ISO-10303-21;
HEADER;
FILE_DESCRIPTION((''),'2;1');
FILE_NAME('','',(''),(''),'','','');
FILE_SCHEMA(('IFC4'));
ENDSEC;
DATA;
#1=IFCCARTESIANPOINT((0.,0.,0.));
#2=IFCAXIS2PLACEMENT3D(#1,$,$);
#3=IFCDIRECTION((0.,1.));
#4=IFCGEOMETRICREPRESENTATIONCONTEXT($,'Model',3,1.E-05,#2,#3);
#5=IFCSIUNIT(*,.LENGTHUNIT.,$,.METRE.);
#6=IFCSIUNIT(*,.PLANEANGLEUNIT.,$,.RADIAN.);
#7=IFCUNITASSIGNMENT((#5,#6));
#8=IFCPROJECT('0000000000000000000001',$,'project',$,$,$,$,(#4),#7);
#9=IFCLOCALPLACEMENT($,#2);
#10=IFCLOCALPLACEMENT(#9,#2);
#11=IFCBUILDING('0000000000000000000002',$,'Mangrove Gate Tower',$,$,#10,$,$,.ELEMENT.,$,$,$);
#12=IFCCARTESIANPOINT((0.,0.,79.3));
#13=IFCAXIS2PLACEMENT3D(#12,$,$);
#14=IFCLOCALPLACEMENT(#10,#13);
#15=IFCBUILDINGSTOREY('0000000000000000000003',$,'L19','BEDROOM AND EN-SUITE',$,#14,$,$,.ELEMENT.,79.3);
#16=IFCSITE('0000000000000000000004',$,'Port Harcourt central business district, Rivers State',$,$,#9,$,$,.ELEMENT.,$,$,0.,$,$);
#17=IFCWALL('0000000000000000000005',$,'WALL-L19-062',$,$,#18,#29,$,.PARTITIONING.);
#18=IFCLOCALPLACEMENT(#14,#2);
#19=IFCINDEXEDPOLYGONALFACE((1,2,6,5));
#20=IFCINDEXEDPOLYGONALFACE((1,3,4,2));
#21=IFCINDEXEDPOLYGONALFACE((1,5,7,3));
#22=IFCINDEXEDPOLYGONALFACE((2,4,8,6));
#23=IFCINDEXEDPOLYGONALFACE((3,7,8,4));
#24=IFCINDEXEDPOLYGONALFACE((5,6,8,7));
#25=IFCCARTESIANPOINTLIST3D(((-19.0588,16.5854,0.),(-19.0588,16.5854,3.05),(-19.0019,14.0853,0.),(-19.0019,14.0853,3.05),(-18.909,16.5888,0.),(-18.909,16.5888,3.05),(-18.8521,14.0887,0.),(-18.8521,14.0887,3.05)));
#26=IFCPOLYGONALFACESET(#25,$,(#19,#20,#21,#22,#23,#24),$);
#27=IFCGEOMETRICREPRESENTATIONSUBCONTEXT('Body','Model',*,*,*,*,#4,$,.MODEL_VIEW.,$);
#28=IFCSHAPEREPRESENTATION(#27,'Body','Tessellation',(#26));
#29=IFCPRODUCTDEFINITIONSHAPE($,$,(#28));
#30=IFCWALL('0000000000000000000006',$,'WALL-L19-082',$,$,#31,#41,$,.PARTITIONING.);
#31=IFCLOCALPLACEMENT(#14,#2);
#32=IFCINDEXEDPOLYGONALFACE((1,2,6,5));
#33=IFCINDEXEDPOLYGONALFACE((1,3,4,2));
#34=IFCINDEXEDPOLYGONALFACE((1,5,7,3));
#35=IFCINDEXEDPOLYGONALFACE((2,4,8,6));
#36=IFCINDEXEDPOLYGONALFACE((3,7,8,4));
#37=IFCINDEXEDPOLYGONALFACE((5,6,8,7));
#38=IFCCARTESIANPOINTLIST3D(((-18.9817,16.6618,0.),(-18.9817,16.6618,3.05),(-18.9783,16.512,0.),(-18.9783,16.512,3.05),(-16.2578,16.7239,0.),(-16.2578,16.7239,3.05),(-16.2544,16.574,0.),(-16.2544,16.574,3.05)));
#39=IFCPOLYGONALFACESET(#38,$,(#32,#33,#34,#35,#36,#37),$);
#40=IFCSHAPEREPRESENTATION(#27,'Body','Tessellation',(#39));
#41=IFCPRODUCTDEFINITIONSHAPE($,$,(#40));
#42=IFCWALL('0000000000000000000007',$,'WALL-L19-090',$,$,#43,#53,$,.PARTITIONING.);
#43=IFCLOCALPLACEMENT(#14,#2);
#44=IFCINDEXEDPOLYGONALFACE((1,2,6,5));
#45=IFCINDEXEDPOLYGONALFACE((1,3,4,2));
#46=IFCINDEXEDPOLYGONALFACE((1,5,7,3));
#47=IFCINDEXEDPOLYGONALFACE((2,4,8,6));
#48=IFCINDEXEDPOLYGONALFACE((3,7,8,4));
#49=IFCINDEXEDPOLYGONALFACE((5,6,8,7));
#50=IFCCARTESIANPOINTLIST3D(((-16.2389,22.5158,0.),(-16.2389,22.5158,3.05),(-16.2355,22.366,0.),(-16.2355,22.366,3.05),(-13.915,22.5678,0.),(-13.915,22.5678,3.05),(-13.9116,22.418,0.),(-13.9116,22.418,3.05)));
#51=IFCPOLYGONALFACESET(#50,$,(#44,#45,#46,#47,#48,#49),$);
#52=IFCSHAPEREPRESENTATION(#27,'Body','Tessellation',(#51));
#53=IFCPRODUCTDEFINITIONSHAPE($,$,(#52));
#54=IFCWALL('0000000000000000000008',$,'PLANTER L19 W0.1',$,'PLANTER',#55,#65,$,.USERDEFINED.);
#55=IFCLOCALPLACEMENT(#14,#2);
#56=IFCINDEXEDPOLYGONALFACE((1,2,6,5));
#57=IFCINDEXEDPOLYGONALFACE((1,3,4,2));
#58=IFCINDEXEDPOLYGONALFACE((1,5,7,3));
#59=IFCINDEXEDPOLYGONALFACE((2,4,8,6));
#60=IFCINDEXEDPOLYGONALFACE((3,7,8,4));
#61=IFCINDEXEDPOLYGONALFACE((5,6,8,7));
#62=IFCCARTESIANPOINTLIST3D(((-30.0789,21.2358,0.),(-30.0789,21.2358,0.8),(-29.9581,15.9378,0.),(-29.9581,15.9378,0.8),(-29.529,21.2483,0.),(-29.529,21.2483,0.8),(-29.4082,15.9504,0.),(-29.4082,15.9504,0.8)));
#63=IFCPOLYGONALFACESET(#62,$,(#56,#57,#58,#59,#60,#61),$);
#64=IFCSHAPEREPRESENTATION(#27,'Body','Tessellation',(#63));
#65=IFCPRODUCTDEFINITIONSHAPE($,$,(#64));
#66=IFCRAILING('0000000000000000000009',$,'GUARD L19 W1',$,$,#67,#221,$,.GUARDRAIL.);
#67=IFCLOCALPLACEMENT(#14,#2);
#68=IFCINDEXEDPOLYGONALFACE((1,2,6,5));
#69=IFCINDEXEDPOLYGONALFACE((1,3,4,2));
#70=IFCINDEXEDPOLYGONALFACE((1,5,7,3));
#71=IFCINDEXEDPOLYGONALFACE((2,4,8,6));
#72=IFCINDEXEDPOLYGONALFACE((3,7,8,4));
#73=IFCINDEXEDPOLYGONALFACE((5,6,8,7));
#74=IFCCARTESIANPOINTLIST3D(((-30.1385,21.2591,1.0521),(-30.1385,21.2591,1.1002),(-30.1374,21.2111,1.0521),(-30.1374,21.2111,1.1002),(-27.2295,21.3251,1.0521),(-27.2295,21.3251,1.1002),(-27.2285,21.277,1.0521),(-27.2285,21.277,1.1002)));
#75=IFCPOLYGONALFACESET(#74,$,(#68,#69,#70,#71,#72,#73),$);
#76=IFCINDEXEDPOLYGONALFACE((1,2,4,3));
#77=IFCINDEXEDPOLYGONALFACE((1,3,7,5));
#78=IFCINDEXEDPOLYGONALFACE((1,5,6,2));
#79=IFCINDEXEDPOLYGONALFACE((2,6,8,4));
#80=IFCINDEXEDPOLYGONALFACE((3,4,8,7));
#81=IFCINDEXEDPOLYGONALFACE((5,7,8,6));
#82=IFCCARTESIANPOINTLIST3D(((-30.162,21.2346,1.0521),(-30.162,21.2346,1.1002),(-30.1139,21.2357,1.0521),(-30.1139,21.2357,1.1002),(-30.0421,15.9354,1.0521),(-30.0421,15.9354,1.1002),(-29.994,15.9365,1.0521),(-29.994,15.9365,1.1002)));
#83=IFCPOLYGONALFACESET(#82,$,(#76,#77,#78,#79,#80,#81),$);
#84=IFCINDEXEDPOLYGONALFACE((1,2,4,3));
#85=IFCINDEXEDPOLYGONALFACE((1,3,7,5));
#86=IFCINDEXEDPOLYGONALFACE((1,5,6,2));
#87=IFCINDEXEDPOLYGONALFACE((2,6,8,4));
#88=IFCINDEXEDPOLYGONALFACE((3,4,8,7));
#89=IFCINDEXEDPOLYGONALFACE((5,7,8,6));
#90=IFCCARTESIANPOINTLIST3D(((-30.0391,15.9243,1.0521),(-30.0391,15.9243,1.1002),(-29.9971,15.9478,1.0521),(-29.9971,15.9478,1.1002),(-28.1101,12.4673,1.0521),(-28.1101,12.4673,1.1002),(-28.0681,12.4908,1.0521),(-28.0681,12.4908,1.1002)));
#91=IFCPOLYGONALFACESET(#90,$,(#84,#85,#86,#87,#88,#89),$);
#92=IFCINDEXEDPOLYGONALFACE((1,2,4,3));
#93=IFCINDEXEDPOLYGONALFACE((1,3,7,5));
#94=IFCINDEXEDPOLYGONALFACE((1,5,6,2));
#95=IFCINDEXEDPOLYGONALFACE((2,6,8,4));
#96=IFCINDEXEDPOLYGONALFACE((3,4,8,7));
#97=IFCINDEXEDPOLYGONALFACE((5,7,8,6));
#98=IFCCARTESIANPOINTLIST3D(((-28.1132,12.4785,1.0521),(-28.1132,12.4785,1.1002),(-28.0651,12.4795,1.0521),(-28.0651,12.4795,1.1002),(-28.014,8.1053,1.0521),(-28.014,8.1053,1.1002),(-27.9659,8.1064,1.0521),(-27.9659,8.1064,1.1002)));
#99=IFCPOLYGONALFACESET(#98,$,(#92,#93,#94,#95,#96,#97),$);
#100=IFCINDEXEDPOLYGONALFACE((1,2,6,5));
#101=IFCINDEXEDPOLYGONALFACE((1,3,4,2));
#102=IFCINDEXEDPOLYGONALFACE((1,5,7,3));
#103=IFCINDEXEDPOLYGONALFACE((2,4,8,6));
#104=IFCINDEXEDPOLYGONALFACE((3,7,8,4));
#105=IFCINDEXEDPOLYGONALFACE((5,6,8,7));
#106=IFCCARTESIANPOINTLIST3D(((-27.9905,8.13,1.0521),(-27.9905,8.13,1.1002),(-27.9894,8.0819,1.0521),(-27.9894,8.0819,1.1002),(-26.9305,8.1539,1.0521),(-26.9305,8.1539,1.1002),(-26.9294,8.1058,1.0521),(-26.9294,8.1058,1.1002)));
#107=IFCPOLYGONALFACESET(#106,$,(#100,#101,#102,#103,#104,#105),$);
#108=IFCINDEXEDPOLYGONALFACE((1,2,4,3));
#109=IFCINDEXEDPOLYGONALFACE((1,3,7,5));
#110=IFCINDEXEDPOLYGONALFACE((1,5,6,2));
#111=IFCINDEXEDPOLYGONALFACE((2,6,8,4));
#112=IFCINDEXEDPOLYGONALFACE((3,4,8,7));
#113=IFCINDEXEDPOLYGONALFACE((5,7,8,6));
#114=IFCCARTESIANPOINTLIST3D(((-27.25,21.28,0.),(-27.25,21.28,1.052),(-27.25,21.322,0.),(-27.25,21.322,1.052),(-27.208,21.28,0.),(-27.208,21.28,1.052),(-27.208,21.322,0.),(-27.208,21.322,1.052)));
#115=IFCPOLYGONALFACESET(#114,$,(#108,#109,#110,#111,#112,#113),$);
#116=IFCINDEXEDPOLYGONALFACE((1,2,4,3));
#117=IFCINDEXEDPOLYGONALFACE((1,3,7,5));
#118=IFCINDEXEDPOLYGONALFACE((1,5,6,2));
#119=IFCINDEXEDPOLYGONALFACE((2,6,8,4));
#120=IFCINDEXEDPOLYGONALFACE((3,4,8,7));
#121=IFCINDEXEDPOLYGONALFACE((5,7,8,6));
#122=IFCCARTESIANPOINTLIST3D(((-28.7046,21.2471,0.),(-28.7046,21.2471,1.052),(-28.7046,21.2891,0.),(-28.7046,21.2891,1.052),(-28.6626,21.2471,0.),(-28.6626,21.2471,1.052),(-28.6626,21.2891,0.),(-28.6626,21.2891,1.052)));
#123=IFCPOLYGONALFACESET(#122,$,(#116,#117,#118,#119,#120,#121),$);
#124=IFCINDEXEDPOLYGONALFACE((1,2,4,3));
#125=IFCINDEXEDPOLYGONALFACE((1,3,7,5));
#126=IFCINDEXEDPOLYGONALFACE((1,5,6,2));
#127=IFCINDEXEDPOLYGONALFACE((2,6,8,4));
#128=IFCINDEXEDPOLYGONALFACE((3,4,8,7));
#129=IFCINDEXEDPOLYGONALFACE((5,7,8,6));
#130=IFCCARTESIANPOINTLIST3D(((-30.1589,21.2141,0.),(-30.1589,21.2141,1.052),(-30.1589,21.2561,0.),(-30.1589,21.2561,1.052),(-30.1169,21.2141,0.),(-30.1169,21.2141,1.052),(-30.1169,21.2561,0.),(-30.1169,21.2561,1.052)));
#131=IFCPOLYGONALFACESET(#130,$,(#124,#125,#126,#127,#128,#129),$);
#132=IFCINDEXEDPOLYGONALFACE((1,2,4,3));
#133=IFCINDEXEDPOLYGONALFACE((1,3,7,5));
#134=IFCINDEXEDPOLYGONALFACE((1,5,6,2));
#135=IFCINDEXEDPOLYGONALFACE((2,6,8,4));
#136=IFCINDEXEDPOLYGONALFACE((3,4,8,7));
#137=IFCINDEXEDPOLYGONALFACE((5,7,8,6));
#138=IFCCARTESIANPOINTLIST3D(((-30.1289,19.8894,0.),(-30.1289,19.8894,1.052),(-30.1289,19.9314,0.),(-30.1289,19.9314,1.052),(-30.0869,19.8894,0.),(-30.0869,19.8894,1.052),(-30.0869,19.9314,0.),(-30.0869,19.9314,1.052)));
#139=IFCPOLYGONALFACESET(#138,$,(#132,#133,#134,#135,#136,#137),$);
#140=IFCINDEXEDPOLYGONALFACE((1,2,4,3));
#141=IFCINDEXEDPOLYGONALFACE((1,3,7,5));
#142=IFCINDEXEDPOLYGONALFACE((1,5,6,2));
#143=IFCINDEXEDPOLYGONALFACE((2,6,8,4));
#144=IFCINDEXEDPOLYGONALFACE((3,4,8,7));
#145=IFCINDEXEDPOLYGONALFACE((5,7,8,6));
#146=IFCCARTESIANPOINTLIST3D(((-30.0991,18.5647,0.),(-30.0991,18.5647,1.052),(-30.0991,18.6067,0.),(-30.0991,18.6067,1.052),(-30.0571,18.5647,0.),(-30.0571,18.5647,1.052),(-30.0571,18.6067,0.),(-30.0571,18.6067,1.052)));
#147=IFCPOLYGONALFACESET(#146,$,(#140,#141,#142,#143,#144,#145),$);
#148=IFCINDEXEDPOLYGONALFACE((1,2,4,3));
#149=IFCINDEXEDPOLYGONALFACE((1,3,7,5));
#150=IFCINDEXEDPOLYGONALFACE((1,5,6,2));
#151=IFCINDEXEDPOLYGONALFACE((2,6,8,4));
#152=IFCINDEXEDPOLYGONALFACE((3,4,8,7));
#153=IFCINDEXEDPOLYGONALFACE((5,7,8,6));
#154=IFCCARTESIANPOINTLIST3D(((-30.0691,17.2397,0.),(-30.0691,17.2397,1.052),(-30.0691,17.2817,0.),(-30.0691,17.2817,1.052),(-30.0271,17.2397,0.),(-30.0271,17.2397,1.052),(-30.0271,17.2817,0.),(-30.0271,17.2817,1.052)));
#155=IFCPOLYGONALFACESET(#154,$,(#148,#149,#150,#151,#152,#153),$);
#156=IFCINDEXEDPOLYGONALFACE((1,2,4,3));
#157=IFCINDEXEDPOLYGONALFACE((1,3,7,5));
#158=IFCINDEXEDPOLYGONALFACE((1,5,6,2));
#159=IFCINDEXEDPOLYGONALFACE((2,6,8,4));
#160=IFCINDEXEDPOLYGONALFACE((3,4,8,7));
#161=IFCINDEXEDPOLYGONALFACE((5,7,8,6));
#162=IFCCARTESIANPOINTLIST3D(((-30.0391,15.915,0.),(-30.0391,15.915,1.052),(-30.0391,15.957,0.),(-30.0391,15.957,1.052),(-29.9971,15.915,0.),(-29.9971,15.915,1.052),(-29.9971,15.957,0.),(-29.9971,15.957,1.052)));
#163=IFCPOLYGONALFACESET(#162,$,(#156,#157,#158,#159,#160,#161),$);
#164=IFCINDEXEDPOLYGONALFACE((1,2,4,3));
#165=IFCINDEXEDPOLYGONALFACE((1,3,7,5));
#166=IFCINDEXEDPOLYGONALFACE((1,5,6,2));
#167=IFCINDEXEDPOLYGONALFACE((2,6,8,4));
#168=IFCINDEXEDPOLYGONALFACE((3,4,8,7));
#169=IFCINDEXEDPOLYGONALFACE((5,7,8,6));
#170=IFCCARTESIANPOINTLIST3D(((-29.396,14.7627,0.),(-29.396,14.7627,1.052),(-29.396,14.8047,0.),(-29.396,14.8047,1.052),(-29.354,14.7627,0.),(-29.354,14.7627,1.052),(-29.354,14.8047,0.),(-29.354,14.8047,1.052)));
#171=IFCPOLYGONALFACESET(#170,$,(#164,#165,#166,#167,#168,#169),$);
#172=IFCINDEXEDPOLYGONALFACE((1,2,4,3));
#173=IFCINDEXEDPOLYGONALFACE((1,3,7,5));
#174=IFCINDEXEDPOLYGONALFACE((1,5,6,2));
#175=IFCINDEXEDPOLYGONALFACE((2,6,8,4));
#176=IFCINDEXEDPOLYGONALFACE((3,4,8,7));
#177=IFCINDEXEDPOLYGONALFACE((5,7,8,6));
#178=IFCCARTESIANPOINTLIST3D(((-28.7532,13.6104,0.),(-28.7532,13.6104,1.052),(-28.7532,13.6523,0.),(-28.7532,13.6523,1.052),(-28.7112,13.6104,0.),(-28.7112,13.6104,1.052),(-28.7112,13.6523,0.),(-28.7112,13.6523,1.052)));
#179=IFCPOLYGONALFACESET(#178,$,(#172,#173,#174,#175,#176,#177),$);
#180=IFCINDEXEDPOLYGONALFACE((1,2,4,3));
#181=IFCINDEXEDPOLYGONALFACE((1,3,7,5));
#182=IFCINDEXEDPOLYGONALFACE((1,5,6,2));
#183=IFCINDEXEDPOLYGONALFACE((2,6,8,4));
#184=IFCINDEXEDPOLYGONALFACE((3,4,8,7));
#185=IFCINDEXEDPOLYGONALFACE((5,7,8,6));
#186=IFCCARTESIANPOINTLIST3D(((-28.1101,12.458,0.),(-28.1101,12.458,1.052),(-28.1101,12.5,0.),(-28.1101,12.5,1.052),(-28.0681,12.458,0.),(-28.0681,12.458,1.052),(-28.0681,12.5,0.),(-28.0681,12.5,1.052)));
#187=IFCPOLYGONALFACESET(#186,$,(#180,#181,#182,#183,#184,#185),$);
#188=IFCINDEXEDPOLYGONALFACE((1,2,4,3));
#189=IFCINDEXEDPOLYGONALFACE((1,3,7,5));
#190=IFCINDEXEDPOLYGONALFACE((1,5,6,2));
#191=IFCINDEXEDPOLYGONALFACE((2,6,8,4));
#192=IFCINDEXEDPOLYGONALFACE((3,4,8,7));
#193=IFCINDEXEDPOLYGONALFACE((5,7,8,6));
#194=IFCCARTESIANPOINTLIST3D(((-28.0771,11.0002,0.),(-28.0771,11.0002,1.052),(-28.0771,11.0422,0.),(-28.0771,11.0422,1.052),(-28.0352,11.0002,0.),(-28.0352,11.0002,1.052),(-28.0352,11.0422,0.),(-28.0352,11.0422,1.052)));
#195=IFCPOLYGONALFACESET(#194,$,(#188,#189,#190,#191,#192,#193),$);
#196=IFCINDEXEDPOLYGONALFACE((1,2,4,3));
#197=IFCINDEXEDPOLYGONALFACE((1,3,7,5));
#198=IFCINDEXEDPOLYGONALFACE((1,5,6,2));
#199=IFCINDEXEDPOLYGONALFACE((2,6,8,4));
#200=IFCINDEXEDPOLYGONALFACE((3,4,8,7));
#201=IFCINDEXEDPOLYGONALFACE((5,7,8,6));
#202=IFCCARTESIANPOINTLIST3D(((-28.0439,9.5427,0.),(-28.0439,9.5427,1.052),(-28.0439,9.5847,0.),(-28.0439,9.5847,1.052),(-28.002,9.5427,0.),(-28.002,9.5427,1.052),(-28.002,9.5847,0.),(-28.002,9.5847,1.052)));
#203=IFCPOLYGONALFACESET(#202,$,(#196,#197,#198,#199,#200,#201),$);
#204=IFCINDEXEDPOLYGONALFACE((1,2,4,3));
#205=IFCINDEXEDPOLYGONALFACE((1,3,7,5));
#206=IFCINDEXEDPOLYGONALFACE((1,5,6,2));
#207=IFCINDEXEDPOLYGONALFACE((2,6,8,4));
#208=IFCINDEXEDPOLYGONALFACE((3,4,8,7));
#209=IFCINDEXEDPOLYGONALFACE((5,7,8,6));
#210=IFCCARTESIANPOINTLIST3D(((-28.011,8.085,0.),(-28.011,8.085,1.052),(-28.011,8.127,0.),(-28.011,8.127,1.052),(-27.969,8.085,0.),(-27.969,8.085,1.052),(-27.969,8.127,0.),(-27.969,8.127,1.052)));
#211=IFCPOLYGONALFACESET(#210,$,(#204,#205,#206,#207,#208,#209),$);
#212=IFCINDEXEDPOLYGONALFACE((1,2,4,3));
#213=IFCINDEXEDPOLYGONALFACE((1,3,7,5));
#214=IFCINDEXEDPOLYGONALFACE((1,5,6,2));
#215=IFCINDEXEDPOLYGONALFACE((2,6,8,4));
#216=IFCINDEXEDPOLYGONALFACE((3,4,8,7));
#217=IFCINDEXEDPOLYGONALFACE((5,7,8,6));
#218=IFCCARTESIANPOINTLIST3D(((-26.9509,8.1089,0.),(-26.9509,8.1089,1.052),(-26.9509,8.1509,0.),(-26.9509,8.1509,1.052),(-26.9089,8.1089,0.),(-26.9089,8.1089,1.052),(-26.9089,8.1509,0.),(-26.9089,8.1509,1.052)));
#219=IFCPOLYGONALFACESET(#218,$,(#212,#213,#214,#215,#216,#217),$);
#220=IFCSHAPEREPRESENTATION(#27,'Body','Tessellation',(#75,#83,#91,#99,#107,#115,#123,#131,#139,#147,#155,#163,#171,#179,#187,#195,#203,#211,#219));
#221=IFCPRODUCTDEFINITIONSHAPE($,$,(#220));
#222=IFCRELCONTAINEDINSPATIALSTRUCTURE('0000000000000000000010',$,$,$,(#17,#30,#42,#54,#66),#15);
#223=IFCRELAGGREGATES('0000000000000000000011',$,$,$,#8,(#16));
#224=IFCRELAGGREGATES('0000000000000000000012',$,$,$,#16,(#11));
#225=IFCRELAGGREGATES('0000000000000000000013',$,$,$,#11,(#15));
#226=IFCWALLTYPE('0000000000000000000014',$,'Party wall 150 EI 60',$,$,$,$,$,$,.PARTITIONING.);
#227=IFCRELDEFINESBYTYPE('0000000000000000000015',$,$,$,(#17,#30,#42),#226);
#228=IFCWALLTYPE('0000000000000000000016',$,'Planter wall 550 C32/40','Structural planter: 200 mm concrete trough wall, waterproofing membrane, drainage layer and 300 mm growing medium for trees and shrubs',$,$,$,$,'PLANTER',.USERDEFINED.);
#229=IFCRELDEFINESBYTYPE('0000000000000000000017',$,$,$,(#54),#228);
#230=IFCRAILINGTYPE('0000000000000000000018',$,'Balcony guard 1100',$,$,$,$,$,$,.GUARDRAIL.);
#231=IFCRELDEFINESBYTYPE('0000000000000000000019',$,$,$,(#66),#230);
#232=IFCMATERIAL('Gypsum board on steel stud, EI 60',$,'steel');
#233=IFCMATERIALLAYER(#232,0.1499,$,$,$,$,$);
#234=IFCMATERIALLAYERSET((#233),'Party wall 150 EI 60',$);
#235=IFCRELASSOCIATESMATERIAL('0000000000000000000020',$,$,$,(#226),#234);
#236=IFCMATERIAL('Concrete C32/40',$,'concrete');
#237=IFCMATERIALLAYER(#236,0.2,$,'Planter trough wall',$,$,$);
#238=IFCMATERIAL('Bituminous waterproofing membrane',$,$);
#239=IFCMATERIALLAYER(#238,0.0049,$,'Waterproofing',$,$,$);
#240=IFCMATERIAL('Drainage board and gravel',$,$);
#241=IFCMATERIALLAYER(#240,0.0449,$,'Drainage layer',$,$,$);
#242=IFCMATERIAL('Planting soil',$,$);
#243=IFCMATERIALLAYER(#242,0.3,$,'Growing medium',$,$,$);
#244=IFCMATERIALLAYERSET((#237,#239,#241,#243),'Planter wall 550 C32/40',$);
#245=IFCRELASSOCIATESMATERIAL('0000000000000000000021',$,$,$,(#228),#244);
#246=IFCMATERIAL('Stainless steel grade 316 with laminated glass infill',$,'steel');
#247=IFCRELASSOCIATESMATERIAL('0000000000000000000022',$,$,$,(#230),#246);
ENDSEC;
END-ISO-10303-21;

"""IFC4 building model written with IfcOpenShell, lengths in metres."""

from ifc_helpers import new_model, si_unit, direction, frame, frame_2d, origin, origin_2d, place, context, subcontext, project, spatial, rectangle, extrude, material, layer, layer_set, type_object, element, save


model = new_model("IFC4")

# Units and contexts
model_context = context("Model", 3, precision=1e-05, world=origin(), true_north=direction((0.0, 1.0)))
body_context = subcontext(model_context, "Body", "Model", "MODEL_VIEW")
ifc_project = project(units=[si_unit("LENGTHUNIT", "METRE"), si_unit("PLANEANGLEUNIT", "RADIAN")], contexts=[model_context])

# Site, building, storey
site_placement = place(None, origin())
site = spatial("IfcSite", under=ifc_project, at=site_placement, Name="Port Harcourt central business district, Rivers State", CompositionType="ELEMENT", RefElevation=0.0)
building_placement = place(site_placement, origin())
building = spatial("IfcBuilding", under=site, at=building_placement, Name="Mangrove Gate Tower", CompositionType="ELEMENT")
storey_placement = place(building_placement, frame((0.0, 0.0, 79.3)))
storey = spatial("IfcBuildingStorey", under=building, at=storey_placement, Name="L19", Description="BEDROOM AND EN-SUITE", CompositionType="ELEMENT", Elevation=79.3)

# Walls
ifc_material_1 = material(Name="Gypsum board on steel stud, EI 60", Category="steel")
ifc_layer_1 = layer(ifc_material_1, 0.1499)
ifc_layer_set_1 = layer_set([ifc_layer_1], Name="Party wall 150 EI 60")
wall_type_1 = type_object("IfcWallType", Name="Party wall 150 EI 60", PredefinedType="PARTITIONING", material=ifc_layer_set_1)
wall_1_placement = place(storey_placement, frame((-18.927, 14.0869, 0.0), z_axis=(0.0, 0.0, 1.0), x_axis=(-0.022748, 0.999741, 0.0)))
element("IfcWall", 1, at=wall_1_placement, inside=storey, type_object=wall_type_1, Name="WALL-L19-062", PredefinedType="PARTITIONING", context=body_context, shape_type="SweptSolid", body=[
    extrude(rectangle(XDim=2.5007, YDim=0.1499, at=frame_2d((1.2505, 0.0))), origin(), (0.0, 0.0, 1.0), 3.05),
])
wall_2_placement = place(storey_placement, frame((-18.98, 16.5869, 0.0), z_axis=(0.0, 0.0, 1.0), x_axis=(0.999741, 0.02276, 0.0)))
element("IfcWall", 2, at=wall_2_placement, inside=storey, type_object=wall_type_1, Name="WALL-L19-082", PredefinedType="PARTITIONING", context=body_context, shape_type="SweptSolid", body=[
    extrude(rectangle(XDim=2.7246, YDim=0.1499, at=frame_2d((1.3623, 0.0))), origin(), (0.0, 0.0, 1.0), 3.05),
])
wall_3_placement = place(storey_placement, frame((-16.2371, 22.4409, 0.0), z_axis=(0.0, 0.0, 1.0), x_axis=(0.99975, 0.022371, 0.0)))
element("IfcWall", 3, at=wall_3_placement, inside=storey, type_object=wall_type_1, Name="WALL-L19-090", PredefinedType="PARTITIONING", context=body_context, shape_type="SweptSolid", body=[
    extrude(rectangle(XDim=2.3245, YDim=0.1499, at=frame_2d((1.1621, 0.0))), origin(), (0.0, 0.0, 1.0), 3.05),
])
ifc_material_2 = material(Name="Concrete C32/40", Category="concrete")
ifc_layer_2 = layer(ifc_material_2, 0.2, Name="Planter trough wall")
ifc_material_3 = material(Name="Bituminous waterproofing membrane")
ifc_layer_3 = layer(ifc_material_3, 0.0049, Name="Waterproofing")
ifc_material_4 = material(Name="Drainage board and gravel")
ifc_layer_4 = layer(ifc_material_4, 0.0449, Name="Drainage layer")
ifc_material_5 = material(Name="Planting soil")
ifc_layer_5 = layer(ifc_material_5, 0.3, Name="Growing medium")
ifc_layer_set_2 = layer_set([ifc_layer_2, ifc_layer_3, ifc_layer_4, ifc_layer_5], Name="Planter wall 550 C32/40")
wall_type_2 = type_object("IfcWallType", Name="Planter wall 550 C32/40", Description="Structural planter: 200 mm concrete trough wall, waterproofing membrane, drainage layer and 300 mm growing medium for trees and shrubs", ElementType="PLANTER", PredefinedType="USERDEFINED", material=ifc_layer_set_2)
wall_4_placement = place(storey_placement, frame((-29.6831, 15.9441, 0.0), z_axis=(0.0, 0.0, 1.0), x_axis=(-0.022805, 0.99974, 0.0)))
element("IfcWall", 4, at=wall_4_placement, inside=storey, type_object=wall_type_2, Name="PLANTER L19 W0.1", ObjectType="PLANTER", PredefinedType="USERDEFINED", context=body_context, shape_type="SweptSolid", body=[
    extrude(rectangle(XDim=5.2993, YDim=0.55, at=frame_2d((2.6497, 0.0))), origin(), (0.0, 0.0, 1.0), 0.8),
])

# Railing
ifc_material_6 = material(Name="Stainless steel grade 316 with laminated glass infill", Category="steel")
railing_type = type_object("IfcRailingType", Name="Balcony guard 1100", PredefinedType="GUARDRAIL", material=ifc_material_6)
railing_placement = place(storey_placement, frame((-27.229, 21.301, 0.0)))
element("IfcRailing", 5, at=railing_placement, inside=storey, type_object=railing_type, Name="GUARD L19 W1", PredefinedType="GUARDRAIL", context=body_context, shape_type="SweptSolid", body=[
    extrude(rectangle(XDim=0.0481, YDim=0.0481, at=origin_2d()), frame((0.0, 0.0, 1.0762), z_axis=(-0.999743, -0.022655, 0.0), x_axis=(0.022655, -0.999743, 0.0)), (0.0, 0.0, 1.0), 2.9097),
    extrude(rectangle(XDim=0.0481, YDim=0.0481, at=origin_2d()), frame((-2.9089, -0.0659, 1.0762), z_axis=(0.022616, -0.999744, 0.0), x_axis=(0.999744, 0.022616, 0.0)), (0.0, 0.0, 1.0), 5.3005),
    extrude(rectangle(XDim=0.0481, YDim=0.0481, at=origin_2d()), frame((-2.7891, -5.365, 1.0762), z_axis=(0.48726, -0.873257, 0.0), x_axis=(0.873257, 0.48726, 0.0)), (0.0, 0.0, 1.0), 3.9587),
    extrude(rectangle(XDim=0.0481, YDim=0.0481, at=origin_2d()), frame((-0.8601, -8.822, 1.0762), z_axis=(0.022661, -0.999743, 0.0), x_axis=(0.999743, 0.022661, 0.0)), (0.0, 0.0, 1.0), 4.3743),
    extrude(rectangle(XDim=0.0481, YDim=0.0481, at=origin_2d()), frame((-0.761, -13.1951, 1.0762), z_axis=(0.999745, 0.022564, 0.0), x_axis=(-0.022564, 0.999745, 0.0)), (0.0, 0.0, 1.0), 1.0603),
    extrude(rectangle(XDim=0.042, YDim=0.042, at=origin_2d()), origin(), (0.0, 0.0, 1.0), 1.052),
    extrude(rectangle(XDim=0.042, YDim=0.042, at=origin_2d()), frame((-1.4546, -0.033, 0.0)), (0.0, 0.0, 1.0), 1.052),
    extrude(rectangle(XDim=0.042, YDim=0.042, at=origin_2d()), frame((-2.9089, -0.0659, 0.0)), (0.0, 0.0, 1.0), 1.052),
    extrude(rectangle(XDim=0.042, YDim=0.042, at=origin_2d()), frame((-2.8789, -1.3906, 0.0)), (0.0, 0.0, 1.0), 1.052),
    extrude(rectangle(XDim=0.042, YDim=0.042, at=origin_2d()), frame((-2.8491, -2.7153, 0.0)), (0.0, 0.0, 1.0), 1.052),
    extrude(rectangle(XDim=0.042, YDim=0.042, at=origin_2d()), frame((-2.8191, -4.0403, 0.0)), (0.0, 0.0, 1.0), 1.052),
    extrude(rectangle(XDim=0.042, YDim=0.042, at=origin_2d()), frame((-2.7891, -5.365, 0.0)), (0.0, 0.0, 1.0), 1.052),
    extrude(rectangle(XDim=0.042, YDim=0.042, at=origin_2d()), frame((-2.146, -6.5173, 0.0)), (0.0, 0.0, 1.0), 1.052),
    extrude(rectangle(XDim=0.042, YDim=0.042, at=origin_2d()), frame((-1.5032, -7.6697, 0.0)), (0.0, 0.0, 1.0), 1.052),
    extrude(rectangle(XDim=0.042, YDim=0.042, at=origin_2d()), frame((-0.8601, -8.822, 0.0)), (0.0, 0.0, 1.0), 1.052),
    extrude(rectangle(XDim=0.042, YDim=0.042, at=origin_2d()), frame((-0.8271, -10.2798, 0.0)), (0.0, 0.0, 1.0), 1.052),
    extrude(rectangle(XDim=0.042, YDim=0.042, at=origin_2d()), frame((-0.7939, -11.7373, 0.0)), (0.0, 0.0, 1.0), 1.052),
    extrude(rectangle(XDim=0.042, YDim=0.042, at=origin_2d()), frame((-0.761, -13.1951, 0.0)), (0.0, 0.0, 1.0), 1.052),
    extrude(rectangle(XDim=0.042, YDim=0.042, at=origin_2d()), frame((0.2991, -13.1711, 0.0)), (0.0, 0.0, 1.0), 1.052),
])

save(model, "model.ifc")
